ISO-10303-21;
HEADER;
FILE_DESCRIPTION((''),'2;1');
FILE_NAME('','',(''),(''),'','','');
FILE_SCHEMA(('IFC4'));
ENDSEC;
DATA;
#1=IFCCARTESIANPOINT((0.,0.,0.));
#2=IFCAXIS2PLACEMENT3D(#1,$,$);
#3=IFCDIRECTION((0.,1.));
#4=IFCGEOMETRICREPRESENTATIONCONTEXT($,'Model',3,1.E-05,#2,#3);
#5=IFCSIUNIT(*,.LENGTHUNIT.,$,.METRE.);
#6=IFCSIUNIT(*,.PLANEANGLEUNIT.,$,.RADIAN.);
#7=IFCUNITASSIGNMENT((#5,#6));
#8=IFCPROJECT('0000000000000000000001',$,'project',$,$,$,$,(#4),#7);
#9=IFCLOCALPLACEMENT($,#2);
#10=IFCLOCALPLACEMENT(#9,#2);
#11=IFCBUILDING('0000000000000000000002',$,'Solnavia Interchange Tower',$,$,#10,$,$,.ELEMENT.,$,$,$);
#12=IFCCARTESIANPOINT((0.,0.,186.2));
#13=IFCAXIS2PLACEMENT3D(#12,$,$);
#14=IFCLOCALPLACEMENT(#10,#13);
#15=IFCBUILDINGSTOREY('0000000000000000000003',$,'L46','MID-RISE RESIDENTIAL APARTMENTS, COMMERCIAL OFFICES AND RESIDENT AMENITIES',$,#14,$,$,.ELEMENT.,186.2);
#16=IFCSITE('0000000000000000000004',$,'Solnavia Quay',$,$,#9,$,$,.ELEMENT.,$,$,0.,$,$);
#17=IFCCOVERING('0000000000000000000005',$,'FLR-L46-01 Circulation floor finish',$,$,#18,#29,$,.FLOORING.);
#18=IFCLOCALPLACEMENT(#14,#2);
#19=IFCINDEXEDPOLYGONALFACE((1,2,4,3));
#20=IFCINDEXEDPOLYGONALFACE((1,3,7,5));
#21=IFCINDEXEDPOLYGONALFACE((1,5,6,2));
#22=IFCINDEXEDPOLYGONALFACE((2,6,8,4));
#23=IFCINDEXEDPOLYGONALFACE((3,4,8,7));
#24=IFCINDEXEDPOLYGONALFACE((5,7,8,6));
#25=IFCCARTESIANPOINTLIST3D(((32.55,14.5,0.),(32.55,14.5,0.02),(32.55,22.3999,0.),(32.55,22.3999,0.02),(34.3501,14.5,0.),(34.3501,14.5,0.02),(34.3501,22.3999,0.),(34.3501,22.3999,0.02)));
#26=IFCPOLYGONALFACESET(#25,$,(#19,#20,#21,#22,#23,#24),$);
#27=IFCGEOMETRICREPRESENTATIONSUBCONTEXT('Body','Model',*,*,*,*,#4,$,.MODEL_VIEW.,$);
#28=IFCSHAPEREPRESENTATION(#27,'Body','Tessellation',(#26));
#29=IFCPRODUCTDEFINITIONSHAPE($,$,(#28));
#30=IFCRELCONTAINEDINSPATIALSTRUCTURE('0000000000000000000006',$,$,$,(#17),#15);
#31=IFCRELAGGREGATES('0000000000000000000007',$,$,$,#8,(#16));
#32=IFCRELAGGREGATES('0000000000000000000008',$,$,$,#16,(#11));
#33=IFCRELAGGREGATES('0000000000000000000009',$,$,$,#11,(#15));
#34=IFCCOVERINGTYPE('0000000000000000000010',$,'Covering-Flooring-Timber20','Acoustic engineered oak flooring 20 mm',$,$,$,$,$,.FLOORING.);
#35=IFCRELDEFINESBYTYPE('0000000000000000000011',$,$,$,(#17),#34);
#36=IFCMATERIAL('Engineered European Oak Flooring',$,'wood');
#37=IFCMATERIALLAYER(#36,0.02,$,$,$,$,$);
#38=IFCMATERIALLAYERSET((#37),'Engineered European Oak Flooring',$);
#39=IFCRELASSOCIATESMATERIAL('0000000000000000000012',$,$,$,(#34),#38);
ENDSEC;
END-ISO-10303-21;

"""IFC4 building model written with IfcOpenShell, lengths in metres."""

from ifc_helpers import new_model, si_unit, direction, frame, origin, place, context, subcontext, project, spatial, polyline, outline, extrude, material, layer, layer_set, type_object, element, save


model = new_model("IFC4")

# Units and contexts
model_context = context("Model", 3, precision=1e-05, world=origin(), true_north=direction((0.0, 1.0)))
body_context = subcontext(model_context, "Body", "Model", "MODEL_VIEW")
ifc_project = project(units=[si_unit("LENGTHUNIT", "METRE"), si_unit("PLANEANGLEUNIT", "RADIAN")], contexts=[model_context])

# Site, building, storey
site_placement = place(None, origin())
site = spatial("IfcSite", under=ifc_project, at=site_placement, Name="Solnavia Quay", CompositionType="ELEMENT", RefElevation=0.0)
building_placement = place(site_placement, origin())
building = spatial("IfcBuilding", under=site, at=building_placement, Name="Solnavia Interchange Tower", CompositionType="ELEMENT")
storey_placement = place(building_placement, frame((0.0, 0.0, 186.2)))
storey = spatial("IfcBuildingStorey", under=building, at=storey_placement, Name="L46", Description="MID-RISE RESIDENTIAL APARTMENTS, COMMERCIAL OFFICES AND RESIDENT AMENITIES", CompositionType="ELEMENT", Elevation=186.2)

# Covering
ifc_material_1 = material(Name="Engineered European Oak Flooring", Category="wood")
ifc_layer_1 = layer(ifc_material_1, 0.02)
ifc_layer_set_1 = layer_set([ifc_layer_1], Name="Engineered European Oak Flooring")
covering_type_1 = type_object("IfcCoveringType", Name="Covering-Flooring-Timber20", Description="Acoustic engineered oak flooring 20 mm", PredefinedType="FLOORING", material=ifc_layer_set_1)
covering_1_placement = place(storey_placement, origin())
element("IfcCovering", 1, at=covering_1_placement, inside=storey, type_object=covering_type_1, Name="FLR-L46-01 Circulation floor finish", PredefinedType="FLOORING", context=body_context, shape_type="SweptSolid", body=[
    extrude(outline(polyline([(32.55, 14.5), (34.3501, 14.5), (34.3501, 22.3999), (32.55, 22.3999), (32.55, 14.5)])), origin(), (0.0, 0.0, 1.0), 0.02),
])

save(model, "model.ifc")
